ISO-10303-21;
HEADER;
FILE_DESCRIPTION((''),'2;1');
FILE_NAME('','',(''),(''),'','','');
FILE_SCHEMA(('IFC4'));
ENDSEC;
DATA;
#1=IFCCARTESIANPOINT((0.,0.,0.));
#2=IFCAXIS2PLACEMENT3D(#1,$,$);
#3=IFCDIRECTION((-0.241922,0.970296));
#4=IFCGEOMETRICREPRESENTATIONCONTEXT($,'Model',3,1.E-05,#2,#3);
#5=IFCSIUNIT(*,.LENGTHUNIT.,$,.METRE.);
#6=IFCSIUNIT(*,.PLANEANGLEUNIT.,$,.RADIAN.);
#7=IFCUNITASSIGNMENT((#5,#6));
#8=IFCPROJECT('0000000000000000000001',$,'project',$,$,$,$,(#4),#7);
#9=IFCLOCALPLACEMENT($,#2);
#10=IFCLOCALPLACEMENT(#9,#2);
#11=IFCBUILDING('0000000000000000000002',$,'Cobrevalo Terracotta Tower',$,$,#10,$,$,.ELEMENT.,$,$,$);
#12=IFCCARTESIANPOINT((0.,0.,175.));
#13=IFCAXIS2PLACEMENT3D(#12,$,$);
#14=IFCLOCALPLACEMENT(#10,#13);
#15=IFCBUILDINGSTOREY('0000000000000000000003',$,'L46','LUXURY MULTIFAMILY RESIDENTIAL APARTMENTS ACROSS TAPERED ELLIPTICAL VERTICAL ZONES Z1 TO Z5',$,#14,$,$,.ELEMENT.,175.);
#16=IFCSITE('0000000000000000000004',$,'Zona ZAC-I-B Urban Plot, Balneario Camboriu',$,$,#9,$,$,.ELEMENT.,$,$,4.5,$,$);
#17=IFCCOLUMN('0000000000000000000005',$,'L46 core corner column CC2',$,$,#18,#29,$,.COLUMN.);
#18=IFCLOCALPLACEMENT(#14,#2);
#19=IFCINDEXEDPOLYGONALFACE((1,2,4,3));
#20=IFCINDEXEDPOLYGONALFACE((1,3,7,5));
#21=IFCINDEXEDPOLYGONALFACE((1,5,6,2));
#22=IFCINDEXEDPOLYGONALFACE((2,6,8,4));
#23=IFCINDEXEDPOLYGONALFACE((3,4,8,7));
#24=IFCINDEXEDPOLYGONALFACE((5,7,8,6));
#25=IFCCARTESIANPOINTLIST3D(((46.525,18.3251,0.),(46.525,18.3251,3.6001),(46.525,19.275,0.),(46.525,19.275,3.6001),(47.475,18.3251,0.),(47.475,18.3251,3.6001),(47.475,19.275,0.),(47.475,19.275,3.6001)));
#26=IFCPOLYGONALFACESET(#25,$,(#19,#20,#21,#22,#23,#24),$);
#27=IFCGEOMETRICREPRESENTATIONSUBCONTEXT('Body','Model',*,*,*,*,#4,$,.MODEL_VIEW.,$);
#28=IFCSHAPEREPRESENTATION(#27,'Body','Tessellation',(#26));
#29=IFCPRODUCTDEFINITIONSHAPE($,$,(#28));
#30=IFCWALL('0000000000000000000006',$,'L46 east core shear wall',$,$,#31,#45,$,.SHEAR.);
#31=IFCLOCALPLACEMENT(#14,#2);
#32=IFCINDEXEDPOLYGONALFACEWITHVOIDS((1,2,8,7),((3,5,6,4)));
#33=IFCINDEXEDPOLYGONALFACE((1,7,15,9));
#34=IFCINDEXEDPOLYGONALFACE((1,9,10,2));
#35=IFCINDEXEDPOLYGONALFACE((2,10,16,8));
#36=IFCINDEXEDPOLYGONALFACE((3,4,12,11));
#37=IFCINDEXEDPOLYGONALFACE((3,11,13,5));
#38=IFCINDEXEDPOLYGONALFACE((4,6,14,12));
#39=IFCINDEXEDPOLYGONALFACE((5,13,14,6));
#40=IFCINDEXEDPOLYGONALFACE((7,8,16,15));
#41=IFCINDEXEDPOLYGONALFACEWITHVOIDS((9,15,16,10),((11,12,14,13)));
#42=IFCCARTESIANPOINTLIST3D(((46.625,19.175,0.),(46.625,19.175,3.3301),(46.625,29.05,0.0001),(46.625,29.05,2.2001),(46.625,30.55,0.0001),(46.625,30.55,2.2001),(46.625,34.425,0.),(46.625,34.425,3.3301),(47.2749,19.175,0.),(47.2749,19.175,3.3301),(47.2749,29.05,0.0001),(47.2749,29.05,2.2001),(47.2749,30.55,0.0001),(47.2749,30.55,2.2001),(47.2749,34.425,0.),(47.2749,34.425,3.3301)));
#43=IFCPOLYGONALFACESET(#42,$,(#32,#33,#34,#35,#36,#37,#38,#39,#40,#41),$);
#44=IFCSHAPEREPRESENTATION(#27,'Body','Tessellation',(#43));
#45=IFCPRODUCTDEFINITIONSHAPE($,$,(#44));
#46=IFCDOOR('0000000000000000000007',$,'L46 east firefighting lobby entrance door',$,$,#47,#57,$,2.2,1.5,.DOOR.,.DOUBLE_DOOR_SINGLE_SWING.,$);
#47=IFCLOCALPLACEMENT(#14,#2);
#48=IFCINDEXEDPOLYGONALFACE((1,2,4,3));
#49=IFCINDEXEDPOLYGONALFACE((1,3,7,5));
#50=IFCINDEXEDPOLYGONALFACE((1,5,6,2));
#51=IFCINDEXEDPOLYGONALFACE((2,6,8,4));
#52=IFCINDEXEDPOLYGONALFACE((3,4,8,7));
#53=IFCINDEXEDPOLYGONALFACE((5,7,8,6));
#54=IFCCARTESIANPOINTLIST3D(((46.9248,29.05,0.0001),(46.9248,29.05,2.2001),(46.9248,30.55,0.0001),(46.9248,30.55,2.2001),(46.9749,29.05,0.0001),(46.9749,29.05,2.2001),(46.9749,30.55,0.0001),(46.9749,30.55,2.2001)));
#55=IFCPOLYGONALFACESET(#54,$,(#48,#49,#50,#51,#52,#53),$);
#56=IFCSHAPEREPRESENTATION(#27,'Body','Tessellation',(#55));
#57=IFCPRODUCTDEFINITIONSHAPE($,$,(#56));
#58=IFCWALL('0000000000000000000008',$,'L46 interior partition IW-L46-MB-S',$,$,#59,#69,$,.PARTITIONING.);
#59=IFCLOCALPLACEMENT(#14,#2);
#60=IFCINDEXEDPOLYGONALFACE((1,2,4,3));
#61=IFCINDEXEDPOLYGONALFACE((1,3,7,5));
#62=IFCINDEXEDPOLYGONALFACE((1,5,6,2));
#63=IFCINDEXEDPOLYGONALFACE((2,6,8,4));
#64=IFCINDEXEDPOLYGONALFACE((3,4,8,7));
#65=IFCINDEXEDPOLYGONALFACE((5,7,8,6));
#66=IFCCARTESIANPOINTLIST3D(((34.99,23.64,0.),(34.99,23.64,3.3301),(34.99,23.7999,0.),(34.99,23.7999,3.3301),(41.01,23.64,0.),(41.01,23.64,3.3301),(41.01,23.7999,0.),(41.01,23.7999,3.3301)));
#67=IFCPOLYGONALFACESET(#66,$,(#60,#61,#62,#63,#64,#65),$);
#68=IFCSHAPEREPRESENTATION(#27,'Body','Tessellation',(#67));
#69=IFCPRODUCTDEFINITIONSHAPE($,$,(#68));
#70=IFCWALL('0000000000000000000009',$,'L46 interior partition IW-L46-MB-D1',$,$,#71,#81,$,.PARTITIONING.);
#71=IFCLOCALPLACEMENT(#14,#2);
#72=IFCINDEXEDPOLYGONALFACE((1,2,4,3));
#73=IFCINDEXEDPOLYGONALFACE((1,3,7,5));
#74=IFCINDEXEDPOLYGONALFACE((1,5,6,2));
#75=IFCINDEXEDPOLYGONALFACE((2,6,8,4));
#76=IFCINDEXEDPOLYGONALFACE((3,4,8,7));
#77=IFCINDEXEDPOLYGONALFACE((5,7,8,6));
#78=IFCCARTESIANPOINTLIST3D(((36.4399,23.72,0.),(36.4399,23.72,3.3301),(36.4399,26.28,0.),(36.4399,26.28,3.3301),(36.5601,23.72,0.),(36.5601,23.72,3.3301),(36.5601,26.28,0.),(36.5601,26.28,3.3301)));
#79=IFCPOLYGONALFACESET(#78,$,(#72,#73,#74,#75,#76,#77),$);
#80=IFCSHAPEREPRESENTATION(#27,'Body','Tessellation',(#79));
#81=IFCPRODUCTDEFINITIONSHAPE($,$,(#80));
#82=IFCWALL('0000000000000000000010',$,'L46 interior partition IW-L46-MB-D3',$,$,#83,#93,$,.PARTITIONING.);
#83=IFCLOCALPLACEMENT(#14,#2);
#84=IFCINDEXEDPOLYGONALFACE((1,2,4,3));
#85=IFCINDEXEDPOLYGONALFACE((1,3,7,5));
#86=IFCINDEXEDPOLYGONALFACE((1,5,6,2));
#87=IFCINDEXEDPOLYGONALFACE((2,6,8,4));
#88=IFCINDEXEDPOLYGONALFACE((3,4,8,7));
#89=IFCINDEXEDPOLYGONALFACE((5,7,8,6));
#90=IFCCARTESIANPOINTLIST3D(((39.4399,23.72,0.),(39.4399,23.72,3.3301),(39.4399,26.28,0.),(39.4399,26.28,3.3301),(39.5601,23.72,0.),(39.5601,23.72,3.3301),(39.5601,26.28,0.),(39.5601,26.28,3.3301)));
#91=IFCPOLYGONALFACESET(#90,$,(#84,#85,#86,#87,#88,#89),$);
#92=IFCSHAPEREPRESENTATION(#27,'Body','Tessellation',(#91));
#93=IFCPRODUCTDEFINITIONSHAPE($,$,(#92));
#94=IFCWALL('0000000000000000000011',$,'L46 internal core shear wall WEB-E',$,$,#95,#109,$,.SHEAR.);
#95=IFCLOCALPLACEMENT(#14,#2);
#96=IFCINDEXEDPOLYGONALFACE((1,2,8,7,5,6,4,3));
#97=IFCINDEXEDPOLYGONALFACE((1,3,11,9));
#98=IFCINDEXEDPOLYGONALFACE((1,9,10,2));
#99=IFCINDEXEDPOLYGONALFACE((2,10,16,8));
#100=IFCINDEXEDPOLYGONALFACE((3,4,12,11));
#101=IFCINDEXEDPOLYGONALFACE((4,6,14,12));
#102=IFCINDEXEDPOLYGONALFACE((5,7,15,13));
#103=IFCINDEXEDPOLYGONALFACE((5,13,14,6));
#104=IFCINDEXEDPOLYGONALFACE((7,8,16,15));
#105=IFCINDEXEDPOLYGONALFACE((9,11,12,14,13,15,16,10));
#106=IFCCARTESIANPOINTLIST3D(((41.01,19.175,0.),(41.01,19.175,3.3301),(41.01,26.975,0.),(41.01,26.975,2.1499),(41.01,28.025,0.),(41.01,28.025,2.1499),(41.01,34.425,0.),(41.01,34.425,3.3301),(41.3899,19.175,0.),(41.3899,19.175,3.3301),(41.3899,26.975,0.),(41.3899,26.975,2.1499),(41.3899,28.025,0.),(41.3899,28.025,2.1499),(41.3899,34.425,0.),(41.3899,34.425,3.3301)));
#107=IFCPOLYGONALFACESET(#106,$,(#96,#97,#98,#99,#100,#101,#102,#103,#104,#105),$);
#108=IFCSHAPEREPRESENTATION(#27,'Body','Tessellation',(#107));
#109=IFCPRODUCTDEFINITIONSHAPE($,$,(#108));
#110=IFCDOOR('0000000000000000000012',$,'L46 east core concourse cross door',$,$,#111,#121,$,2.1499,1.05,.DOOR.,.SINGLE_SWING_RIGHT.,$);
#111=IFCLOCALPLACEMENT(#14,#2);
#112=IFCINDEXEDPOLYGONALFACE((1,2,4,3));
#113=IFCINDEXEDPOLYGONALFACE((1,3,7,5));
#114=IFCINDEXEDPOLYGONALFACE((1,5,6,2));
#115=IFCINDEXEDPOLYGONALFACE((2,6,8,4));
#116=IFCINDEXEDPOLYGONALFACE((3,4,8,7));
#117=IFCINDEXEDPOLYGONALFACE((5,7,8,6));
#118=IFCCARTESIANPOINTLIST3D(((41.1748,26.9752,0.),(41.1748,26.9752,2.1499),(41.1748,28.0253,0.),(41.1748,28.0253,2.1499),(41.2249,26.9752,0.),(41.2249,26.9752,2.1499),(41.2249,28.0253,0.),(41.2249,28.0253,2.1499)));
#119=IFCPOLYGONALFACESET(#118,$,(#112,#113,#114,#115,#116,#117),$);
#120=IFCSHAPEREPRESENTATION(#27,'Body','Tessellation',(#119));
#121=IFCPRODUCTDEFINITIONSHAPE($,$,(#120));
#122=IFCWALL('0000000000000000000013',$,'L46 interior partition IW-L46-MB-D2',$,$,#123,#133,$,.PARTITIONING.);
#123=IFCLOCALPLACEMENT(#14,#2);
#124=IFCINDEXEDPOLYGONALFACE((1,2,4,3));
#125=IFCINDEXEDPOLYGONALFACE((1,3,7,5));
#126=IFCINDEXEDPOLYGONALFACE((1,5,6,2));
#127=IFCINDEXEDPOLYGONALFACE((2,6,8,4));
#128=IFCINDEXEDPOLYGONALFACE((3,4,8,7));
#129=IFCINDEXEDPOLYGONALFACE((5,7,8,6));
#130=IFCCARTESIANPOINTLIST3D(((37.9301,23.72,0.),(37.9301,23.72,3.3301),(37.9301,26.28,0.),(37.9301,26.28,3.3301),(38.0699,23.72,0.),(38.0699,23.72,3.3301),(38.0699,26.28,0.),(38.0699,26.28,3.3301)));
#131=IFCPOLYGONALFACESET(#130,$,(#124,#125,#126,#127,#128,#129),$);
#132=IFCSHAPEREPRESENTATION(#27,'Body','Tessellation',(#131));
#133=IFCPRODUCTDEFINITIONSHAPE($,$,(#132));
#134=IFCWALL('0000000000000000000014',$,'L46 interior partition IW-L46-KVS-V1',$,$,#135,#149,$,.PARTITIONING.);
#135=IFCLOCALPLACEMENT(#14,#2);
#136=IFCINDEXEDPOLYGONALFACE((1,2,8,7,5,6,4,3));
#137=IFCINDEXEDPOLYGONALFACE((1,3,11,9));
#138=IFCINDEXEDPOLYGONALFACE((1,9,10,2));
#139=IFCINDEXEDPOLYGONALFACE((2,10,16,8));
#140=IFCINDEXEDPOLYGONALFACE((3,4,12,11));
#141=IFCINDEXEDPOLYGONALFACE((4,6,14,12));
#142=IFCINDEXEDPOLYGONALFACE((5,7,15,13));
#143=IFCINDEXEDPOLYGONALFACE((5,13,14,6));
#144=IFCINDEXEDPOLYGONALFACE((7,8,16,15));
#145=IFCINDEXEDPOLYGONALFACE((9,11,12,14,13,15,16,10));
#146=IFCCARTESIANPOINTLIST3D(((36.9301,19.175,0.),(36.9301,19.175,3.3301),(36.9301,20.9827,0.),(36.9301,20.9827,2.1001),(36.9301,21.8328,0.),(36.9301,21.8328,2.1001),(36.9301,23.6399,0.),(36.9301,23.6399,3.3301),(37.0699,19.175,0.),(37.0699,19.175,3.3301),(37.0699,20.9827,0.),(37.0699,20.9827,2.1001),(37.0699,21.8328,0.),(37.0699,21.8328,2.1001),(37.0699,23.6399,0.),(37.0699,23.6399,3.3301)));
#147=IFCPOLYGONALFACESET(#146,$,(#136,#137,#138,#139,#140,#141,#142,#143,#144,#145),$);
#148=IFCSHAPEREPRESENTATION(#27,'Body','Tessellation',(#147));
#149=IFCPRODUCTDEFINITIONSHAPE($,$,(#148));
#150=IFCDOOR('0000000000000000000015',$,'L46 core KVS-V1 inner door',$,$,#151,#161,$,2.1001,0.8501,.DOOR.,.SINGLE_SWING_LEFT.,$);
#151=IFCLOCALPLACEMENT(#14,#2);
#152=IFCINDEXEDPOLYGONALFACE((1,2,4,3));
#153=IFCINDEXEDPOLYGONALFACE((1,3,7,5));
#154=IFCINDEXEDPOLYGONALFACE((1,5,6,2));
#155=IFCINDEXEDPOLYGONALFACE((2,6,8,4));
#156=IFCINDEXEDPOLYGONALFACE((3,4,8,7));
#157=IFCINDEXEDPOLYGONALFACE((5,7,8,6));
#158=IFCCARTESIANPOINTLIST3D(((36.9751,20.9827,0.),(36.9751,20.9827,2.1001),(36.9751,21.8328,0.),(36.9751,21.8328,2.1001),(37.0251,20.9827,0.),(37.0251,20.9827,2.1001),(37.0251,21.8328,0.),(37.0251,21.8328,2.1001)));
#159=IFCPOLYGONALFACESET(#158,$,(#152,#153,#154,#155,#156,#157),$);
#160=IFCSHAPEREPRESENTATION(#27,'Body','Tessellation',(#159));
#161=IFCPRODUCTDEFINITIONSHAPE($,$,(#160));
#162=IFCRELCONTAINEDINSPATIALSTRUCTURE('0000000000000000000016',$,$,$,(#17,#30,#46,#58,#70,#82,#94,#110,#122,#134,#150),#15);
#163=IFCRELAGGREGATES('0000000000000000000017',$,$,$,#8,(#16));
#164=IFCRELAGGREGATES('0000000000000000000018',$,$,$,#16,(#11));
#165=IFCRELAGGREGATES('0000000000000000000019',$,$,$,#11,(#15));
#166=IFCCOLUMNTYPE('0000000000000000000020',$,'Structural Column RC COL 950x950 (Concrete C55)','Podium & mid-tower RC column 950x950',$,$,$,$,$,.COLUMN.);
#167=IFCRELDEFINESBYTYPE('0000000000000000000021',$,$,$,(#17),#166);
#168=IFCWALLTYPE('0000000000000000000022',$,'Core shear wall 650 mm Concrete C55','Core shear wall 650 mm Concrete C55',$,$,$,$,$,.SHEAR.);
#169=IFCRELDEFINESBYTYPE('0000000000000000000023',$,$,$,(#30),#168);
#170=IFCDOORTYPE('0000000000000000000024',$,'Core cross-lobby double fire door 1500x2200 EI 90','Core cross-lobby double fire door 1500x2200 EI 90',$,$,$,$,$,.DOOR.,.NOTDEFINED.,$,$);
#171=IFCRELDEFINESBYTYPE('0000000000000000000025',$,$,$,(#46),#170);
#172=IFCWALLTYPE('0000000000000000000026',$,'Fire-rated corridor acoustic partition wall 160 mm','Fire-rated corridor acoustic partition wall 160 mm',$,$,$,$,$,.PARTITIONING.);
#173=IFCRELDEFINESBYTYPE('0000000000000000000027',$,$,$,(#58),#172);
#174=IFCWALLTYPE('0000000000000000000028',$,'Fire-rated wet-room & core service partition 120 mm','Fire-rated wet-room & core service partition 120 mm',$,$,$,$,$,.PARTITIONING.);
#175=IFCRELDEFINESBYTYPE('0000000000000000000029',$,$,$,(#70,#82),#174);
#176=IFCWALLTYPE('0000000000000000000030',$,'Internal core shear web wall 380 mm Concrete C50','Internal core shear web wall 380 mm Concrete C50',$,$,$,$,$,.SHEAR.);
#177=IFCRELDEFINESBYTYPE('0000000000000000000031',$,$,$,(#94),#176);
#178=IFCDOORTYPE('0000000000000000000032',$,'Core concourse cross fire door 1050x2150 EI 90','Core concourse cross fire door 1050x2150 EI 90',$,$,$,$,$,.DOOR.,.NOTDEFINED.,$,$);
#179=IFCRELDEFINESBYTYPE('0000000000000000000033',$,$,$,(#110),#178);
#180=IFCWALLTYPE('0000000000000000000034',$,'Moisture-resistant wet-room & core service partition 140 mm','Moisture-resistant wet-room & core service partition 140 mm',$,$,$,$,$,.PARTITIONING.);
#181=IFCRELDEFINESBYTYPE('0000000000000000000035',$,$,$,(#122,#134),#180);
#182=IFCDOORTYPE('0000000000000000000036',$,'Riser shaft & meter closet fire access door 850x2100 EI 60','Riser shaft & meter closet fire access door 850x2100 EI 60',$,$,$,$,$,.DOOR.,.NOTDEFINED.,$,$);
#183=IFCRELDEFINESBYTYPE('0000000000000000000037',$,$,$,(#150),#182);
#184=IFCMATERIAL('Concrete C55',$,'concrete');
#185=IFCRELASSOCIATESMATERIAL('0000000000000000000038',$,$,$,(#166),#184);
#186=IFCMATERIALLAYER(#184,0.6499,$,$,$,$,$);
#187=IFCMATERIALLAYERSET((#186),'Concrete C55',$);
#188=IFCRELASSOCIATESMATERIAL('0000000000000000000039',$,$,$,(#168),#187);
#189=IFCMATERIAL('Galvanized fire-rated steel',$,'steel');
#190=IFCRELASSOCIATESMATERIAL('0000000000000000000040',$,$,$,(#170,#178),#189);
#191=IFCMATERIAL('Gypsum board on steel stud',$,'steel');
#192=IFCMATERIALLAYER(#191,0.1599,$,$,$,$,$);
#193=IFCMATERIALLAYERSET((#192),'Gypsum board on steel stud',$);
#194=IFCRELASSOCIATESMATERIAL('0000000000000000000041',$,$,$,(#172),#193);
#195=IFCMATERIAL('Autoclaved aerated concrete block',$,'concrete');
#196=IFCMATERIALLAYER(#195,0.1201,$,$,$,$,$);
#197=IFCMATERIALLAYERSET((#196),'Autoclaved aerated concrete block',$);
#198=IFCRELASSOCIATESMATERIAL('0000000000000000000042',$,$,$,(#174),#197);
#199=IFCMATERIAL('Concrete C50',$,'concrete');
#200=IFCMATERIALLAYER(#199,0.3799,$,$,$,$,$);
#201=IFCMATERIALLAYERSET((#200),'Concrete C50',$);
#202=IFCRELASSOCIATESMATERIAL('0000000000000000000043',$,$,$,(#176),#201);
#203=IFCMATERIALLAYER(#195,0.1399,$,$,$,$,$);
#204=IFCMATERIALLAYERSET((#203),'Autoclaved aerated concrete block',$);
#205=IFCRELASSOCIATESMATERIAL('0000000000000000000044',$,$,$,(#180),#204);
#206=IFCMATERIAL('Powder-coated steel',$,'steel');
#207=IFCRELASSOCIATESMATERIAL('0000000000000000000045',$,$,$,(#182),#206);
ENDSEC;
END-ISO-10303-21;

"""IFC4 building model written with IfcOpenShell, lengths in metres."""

from ifc_helpers import new_model, si_unit, direction, frame, frame_2d, origin, origin_2d, place, context, subcontext, project, spatial, rectangle, extrude, source, transform, mapped, material, layer, layer_set, material_profile, profile_set, type_object, element, fill, save


model = new_model("IFC4")

# Units and contexts
model_context = context("Model", 3, precision=1e-05, world=origin(), true_north=direction((-0.241922, 0.970296)))
body_context = subcontext(model_context, "Body", "Model", "MODEL_VIEW")
ifc_project = project(units=[si_unit("LENGTHUNIT", "METRE"), si_unit("PLANEANGLEUNIT", "RADIAN")], contexts=[model_context])

# Site, building, storey
site_placement = place(None, origin())
site = spatial("IfcSite", under=ifc_project, at=site_placement, Name="Zona ZAC-I-B Urban Plot, Balneario Camboriu", CompositionType="ELEMENT", RefElevation=4.5)
building_placement = place(site_placement, origin())
building = spatial("IfcBuilding", under=site, at=building_placement, Name="Cobrevalo Terracotta Tower", CompositionType="ELEMENT")
storey_placement = place(building_placement, frame((0.0, 0.0, 175.0)))
storey = spatial("IfcBuildingStorey", under=building, at=storey_placement, Name="L46", Description="LUXURY MULTIFAMILY RESIDENTIAL APARTMENTS ACROSS TAPERED ELLIPTICAL VERTICAL ZONES Z1 TO Z5", CompositionType="ELEMENT", Elevation=175.0)

# Column
ifc_material_1 = material(Name="Concrete C55", Category="concrete")
ifc_material_profile = material_profile(ifc_material_1, rectangle(XDim=0.95, YDim=0.95, at=origin_2d()), Name="RC COL 950x950")
ifc_profile_set = profile_set([ifc_material_profile], Name="Concrete C55")
column_type = type_object("IfcColumnType", Name="Structural Column RC COL 950x950 (Concrete C55)", Description="Podium & mid-tower RC column 950x950", PredefinedType="COLUMN", material=ifc_profile_set)
column_placement = place(storey_placement, frame((47.0, 18.8, 0.0), z_axis=(0.0, 0.0, 1.0), x_axis=(1.0, 0.0, 0.0)))
element("IfcColumn", 1, at=column_placement, inside=storey, type_object=column_type, Name="L46 core corner column CC2", PredefinedType="COLUMN", context=body_context, shape_type="SweptSolid", body=[
    extrude(rectangle(XDim=0.95, YDim=0.95, at=origin_2d()), origin(), (0.0, 0.0, 1.0), 3.6001),
])

# Wall, opening, door
ifc_layer_1 = layer(ifc_material_1, 0.6499)
ifc_layer_set_1 = layer_set([ifc_layer_1], Name="Concrete C55")
wall_type_1 = type_object("IfcWallType", Name="Core shear wall 650 mm Concrete C55", Description="Core shear wall 650 mm Concrete C55", PredefinedType="SHEAR", material=ifc_layer_set_1)
wall_1_placement = place(storey_placement, frame((46.95, 19.175, 0.0), z_axis=(0.0, 0.0, 1.0), x_axis=(0.0, 1.0, 0.0)))
wall_1 = element("IfcWall", 2, at=wall_1_placement, inside=storey, type_object=wall_type_1, Name="L46 east core shear wall", PredefinedType="SHEAR", context=body_context, shape_type="SweptSolid", body=[
    extrude(rectangle(XDim=15.25, YDim=0.6499, at=frame_2d((7.625, 0.0))), origin(), (0.0, 0.0, 1.0), 3.3301),
])
opening_1_placement = place(wall_1_placement, frame((9.875, 0.0, 0.0)))
opening_1 = element("IfcOpeningElement", 3, at=opening_1_placement, cuts=wall_1, PredefinedType="OPENING", context=body_context, shape_type="SweptSolid", body=[
    extrude(rectangle(XDim=1.5, YDim=2.2, at=frame_2d((0.75, 1.1001))), frame((0.0, 0.335, 0.0), z_axis=(0.0, -1.0, 0.0), x_axis=(1.0, 0.0, 0.0)), (0.0, 0.0, 1.0), 0.6699),
])
ifc_material_2 = material(Name="Galvanized fire-rated steel", Category="steel")
door_type_1 = type_object("IfcDoorType", Name="Core cross-lobby double fire door 1500x2200 EI 90", Description="Core cross-lobby double fire door 1500x2200 EI 90", OperationType="NOTDEFINED", PredefinedType="DOOR", material=ifc_material_2)
shared_shape_1 = source(origin(), body_context, "Body", "SweptSolid", [
    extrude(rectangle(XDim=1.5, YDim=2.2, at=frame_2d((0.75, 1.1001))), frame((0.0, 0.0249, 0.0), z_axis=(0.0, -1.0, 0.0), x_axis=(1.0, 0.0, 0.0)), (0.0, 0.0, 1.0), 0.05),
])
door_1_placement = place(opening_1_placement, frame((1.5, 0.0, 0.0), z_axis=(0.0, 0.0, 1.0), x_axis=(-1.0, 0.0, 0.0)))
door_1 = element("IfcDoor", 4, at=door_1_placement, inside=storey, type_object=door_type_1, Name="L46 east firefighting lobby entrance door", OperationType="DOUBLE_DOOR_SINGLE_SWING", OverallHeight=2.2, OverallWidth=1.5, PredefinedType="DOOR", context=body_context, shape_type="MappedRepresentation", body=[
    mapped(shared_shape_1, transform((0.0, 0.0, 0.0), scale=1.0)),
])
fill(opening_1, door_1)

# Walls
ifc_material_3 = material(Name="Gypsum board on steel stud", Category="steel")
ifc_layer_2 = layer(ifc_material_3, 0.1599)
ifc_layer_set_2 = layer_set([ifc_layer_2], Name="Gypsum board on steel stud")
wall_type_2 = type_object("IfcWallType", Name="Fire-rated corridor acoustic partition wall 160 mm", Description="Fire-rated corridor acoustic partition wall 160 mm", PredefinedType="PARTITIONING", material=ifc_layer_set_2)
wall_2_placement = place(storey_placement, frame((34.99, 23.72, 0.0), z_axis=(0.0, 0.0, 1.0), x_axis=(1.0, 0.0, 0.0)))
element("IfcWall", 5, at=wall_2_placement, inside=storey, type_object=wall_type_2, Name="L46 interior partition IW-L46-MB-S", PredefinedType="PARTITIONING", context=body_context, shape_type="SweptSolid", body=[
    extrude(rectangle(XDim=6.02, YDim=0.1599, at=frame_2d((3.01, 0.0))), origin(), (0.0, 0.0, 1.0), 3.3301),
])
ifc_material_4 = material(Name="Autoclaved aerated concrete block", Category="concrete")
ifc_layer_3 = layer(ifc_material_4, 0.1201)
ifc_layer_set_3 = layer_set([ifc_layer_3], Name="Autoclaved aerated concrete block")
wall_type_3 = type_object("IfcWallType", Name="Fire-rated wet-room & core service partition 120 mm", Description="Fire-rated wet-room & core service partition 120 mm", PredefinedType="PARTITIONING", material=ifc_layer_set_3)
for number, where, z_axis, x_axis, name in (
    (6, (36.5, 23.72, 0.0), (0.0, 0.0, 1.0), (0.0, 1.0, 0.0), "L46 interior partition IW-L46-MB-D1"),
    (7, (39.5, 23.72, 0.0), (0.0, 0.0, 1.0), (0.0, 1.0, 0.0), "L46 interior partition IW-L46-MB-D3"),
):
    element("IfcWall", number, at=place(storey_placement, frame(where, z_axis=z_axis, x_axis=x_axis)), inside=storey, type_object=wall_type_3, Name=name, PredefinedType="PARTITIONING", context=body_context, shape_type="SweptSolid", body=[
        extrude(rectangle(XDim=2.5601, YDim=0.1201, at=frame_2d((1.28, 0.0))), origin(), (0.0, 0.0, 1.0), 3.3301),
    ])

# Wall, opening, door
ifc_material_5 = material(Name="Concrete C50", Category="concrete")
ifc_layer_4 = layer(ifc_material_5, 0.3799)
ifc_layer_set_4 = layer_set([ifc_layer_4], Name="Concrete C50")
wall_type_4 = type_object("IfcWallType", Name="Internal core shear web wall 380 mm Concrete C50", Description="Internal core shear web wall 380 mm Concrete C50", PredefinedType="SHEAR", material=ifc_layer_set_4)
wall_3_placement = place(storey_placement, frame((41.2, 19.175, 0.0), z_axis=(0.0, 0.0, 1.0), x_axis=(0.0, 1.0, 0.0)))
wall_3 = element("IfcWall", 8, at=wall_3_placement, inside=storey, type_object=wall_type_4, Name="L46 internal core shear wall WEB-E", PredefinedType="SHEAR", context=body_context, shape_type="SweptSolid", body=[
    extrude(rectangle(XDim=15.25, YDim=0.3799, at=frame_2d((7.625, 0.0))), origin(), (0.0, 0.0, 1.0), 3.3301),
])
opening_2_placement = place(wall_3_placement, frame((7.8, 0.0, 0.0)))
opening_2 = element("IfcOpeningElement", 9, at=opening_2_placement, cuts=wall_3, PredefinedType="OPENING", context=body_context, shape_type="SweptSolid", body=[
    extrude(rectangle(XDim=1.05, YDim=2.1499, at=frame_2d((0.5249, 1.075))), frame((0.0, 0.2, 0.0), z_axis=(0.0, -1.0, 0.0), x_axis=(1.0, 0.0, 0.0)), (0.0, 0.0, 1.0), 0.3999),
])
door_type_2 = type_object("IfcDoorType", Name="Core concourse cross fire door 1050x2150 EI 90", Description="Core concourse cross fire door 1050x2150 EI 90", OperationType="NOTDEFINED", PredefinedType="DOOR", material=ifc_material_2)
shared_shape_2 = source(origin(), body_context, "Body", "SweptSolid", [
    extrude(rectangle(XDim=1.05, YDim=2.1499, at=frame_2d((0.5249, 1.075))), frame((0.0, 0.0249, 0.0), z_axis=(0.0, -1.0, 0.0), x_axis=(1.0, 0.0, 0.0)), (0.0, 0.0, 1.0), 0.05),
])
door_2_placement = place(opening_2_placement, frame((1.05, 0.0, 0.0), z_axis=(0.0, 0.0, 1.0), x_axis=(-1.0, 0.0, 0.0)))
door_2 = element("IfcDoor", 10, at=door_2_placement, inside=storey, type_object=door_type_2, Name="L46 east core concourse cross door", OperationType="SINGLE_SWING_RIGHT", OverallHeight=2.1499, OverallWidth=1.05, PredefinedType="DOOR", context=body_context, shape_type="MappedRepresentation", body=[
    mapped(shared_shape_2, transform((0.0, 0.0, 0.0), scale=1.0)),
])
fill(opening_2, door_2)

# Wall
ifc_layer_5 = layer(ifc_material_4, 0.1399)
ifc_layer_set_5 = layer_set([ifc_layer_5], Name="Autoclaved aerated concrete block")
wall_type_5 = type_object("IfcWallType", Name="Moisture-resistant wet-room & core service partition 140 mm", Description="Moisture-resistant wet-room & core service partition 140 mm", PredefinedType="PARTITIONING", material=ifc_layer_set_5)
wall_4_placement = place(storey_placement, frame((38.0, 23.72, 0.0), z_axis=(0.0, 0.0, 1.0), x_axis=(0.0, 1.0, 0.0)))
element("IfcWall", 11, at=wall_4_placement, inside=storey, type_object=wall_type_5, Name="L46 interior partition IW-L46-MB-D2", PredefinedType="PARTITIONING", context=body_context, shape_type="SweptSolid", body=[
    extrude(rectangle(XDim=2.5601, YDim=0.1399, at=frame_2d((1.28, 0.0))), origin(), (0.0, 0.0, 1.0), 3.3301),
])

# Wall, opening, door
wall_5_placement = place(storey_placement, frame((37.0, 19.175, 0.0), z_axis=(0.0, 0.0, 1.0), x_axis=(0.0, 1.0, 0.0)))
wall_5 = element("IfcWall", 12, at=wall_5_placement, inside=storey, type_object=wall_type_5, Name="L46 interior partition IW-L46-KVS-V1", PredefinedType="PARTITIONING", context=body_context, shape_type="SweptSolid", body=[
    extrude(rectangle(XDim=4.4648, YDim=0.1399, at=frame_2d((2.2324, 0.0))), origin(), (0.0, 0.0, 1.0), 3.3301),
])
opening_3_placement = place(wall_5_placement, frame((1.8076, 0.0, 0.0)))
opening_3 = element("IfcOpeningElement", 13, at=opening_3_placement, cuts=wall_5, PredefinedType="OPENING", context=body_context, shape_type="SweptSolid", body=[
    extrude(rectangle(XDim=0.8501, YDim=2.1001, at=frame_2d((0.425, 1.05))), frame((0.0, 0.0801, 0.0), z_axis=(0.0, -1.0, 0.0), x_axis=(1.0, 0.0, 0.0)), (0.0, 0.0, 1.0), 0.1599),
])
ifc_material_6 = material(Name="Powder-coated steel", Category="steel")
door_type_3 = type_object("IfcDoorType", Name="Riser shaft & meter closet fire access door 850x2100 EI 60", Description="Riser shaft & meter closet fire access door 850x2100 EI 60", OperationType="NOTDEFINED", PredefinedType="DOOR", material=ifc_material_6)
shared_shape_3 = source(origin(), body_context, "Body", "SweptSolid", [
    extrude(rectangle(XDim=0.8501, YDim=2.1001, at=frame_2d((0.425, 1.05))), frame((0.0, 0.0249, 0.0), z_axis=(0.0, -1.0, 0.0), x_axis=(1.0, 0.0, 0.0)), (0.0, 0.0, 1.0), 0.05),
])
door_3_placement = place(opening_3_placement, origin())
door_3 = element("IfcDoor", 14, at=door_3_placement, inside=storey, type_object=door_type_3, Name="L46 core KVS-V1 inner door", OperationType="SINGLE_SWING_LEFT", OverallHeight=2.1001, OverallWidth=0.8501, PredefinedType="DOOR", context=body_context, shape_type="MappedRepresentation", body=[
    mapped(shared_shape_3, transform((0.0, 0.0, 0.0), scale=1.0)),
])
fill(opening_3, door_3)

save(model, "model.ifc")
